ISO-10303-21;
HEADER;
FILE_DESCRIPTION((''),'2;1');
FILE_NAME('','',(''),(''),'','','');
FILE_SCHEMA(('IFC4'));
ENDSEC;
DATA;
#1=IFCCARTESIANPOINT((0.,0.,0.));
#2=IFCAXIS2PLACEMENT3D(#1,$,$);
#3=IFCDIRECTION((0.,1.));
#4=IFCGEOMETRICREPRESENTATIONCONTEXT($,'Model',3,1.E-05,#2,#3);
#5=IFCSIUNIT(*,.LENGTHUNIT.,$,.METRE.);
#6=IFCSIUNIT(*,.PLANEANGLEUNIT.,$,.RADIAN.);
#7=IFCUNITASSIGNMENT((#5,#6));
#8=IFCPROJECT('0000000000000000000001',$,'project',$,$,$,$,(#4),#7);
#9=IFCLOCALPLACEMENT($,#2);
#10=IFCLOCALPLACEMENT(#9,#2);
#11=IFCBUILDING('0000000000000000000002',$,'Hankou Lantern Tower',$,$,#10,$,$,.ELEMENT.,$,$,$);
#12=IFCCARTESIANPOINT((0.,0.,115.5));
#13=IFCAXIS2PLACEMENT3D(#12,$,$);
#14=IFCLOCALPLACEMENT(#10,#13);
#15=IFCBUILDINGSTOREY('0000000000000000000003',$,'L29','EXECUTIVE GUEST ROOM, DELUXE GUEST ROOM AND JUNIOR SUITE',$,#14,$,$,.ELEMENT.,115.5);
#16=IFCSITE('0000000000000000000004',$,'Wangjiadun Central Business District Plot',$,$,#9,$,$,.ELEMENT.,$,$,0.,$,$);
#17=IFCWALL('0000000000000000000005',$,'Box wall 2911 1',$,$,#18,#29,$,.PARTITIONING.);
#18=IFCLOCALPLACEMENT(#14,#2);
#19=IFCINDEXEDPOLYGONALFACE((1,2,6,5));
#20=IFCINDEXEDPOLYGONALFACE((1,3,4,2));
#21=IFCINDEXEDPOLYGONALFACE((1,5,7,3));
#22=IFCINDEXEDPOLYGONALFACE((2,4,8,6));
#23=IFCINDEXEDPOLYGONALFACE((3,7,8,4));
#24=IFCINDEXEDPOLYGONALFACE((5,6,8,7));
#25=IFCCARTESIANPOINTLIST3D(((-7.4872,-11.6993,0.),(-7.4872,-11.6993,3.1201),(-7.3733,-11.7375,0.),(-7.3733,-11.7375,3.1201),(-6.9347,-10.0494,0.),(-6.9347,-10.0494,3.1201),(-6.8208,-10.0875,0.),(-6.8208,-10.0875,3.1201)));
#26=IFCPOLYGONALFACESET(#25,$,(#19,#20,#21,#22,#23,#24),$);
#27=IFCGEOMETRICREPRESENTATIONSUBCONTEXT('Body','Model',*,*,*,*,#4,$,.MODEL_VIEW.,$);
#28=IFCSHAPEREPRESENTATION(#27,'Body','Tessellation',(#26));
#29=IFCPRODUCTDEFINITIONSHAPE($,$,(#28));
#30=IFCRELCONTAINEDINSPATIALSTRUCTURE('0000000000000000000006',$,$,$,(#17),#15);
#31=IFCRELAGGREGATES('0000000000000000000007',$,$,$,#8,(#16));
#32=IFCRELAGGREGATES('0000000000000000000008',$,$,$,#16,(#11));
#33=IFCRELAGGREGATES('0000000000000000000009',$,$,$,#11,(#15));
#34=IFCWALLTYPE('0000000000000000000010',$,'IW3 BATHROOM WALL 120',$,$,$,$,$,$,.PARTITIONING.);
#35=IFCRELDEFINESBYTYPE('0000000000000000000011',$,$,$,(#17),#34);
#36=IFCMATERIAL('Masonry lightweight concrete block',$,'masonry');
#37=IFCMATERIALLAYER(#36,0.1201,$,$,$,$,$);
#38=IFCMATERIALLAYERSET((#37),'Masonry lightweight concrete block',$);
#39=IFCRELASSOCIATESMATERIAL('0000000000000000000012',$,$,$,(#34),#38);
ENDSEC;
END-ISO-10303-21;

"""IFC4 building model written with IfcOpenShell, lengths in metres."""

from ifc_helpers import new_model, si_unit, direction, frame, frame_2d, origin, place, context, subcontext, project, spatial, rectangle, extrude, material, layer, layer_set, type_object, element, save


model = new_model("IFC4")

# Units and contexts
model_context = context("Model", 3, precision=1e-05, world=origin(), true_north=direction((0.0, 1.0)))
body_context = subcontext(model_context, "Body", "Model", "MODEL_VIEW")
ifc_project = project(units=[si_unit("LENGTHUNIT", "METRE"), si_unit("PLANEANGLEUNIT", "RADIAN")], contexts=[model_context])

# Site, building, storey
site_placement = place(None, origin())
site = spatial("IfcSite", under=ifc_project, at=site_placement, Name="Wangjiadun Central Business District Plot", CompositionType="ELEMENT", RefElevation=0.0)
building_placement = place(site_placement, origin())
building = spatial("IfcBuilding", under=site, at=building_placement, Name="Hankou Lantern Tower", CompositionType="ELEMENT")
storey_placement = place(building_placement, frame((0.0, 0.0, 115.5)))
storey = spatial("IfcBuildingStorey", under=building, at=storey_placement, Name="L29", Description="EXECUTIVE GUEST ROOM, DELUXE GUEST ROOM AND JUNIOR SUITE", CompositionType="ELEMENT", Elevation=115.5)

# Shared definitions
ifc_material_1 = material(Name="Masonry lightweight concrete block", Category="masonry")
ifc_layer_1 = layer(ifc_material_1, 0.1201)
ifc_layer_set_1 = layer_set([ifc_layer_1], Name="Masonry lightweight concrete block")
wall_type_1 = type_object("IfcWallType", Name="IW3 BATHROOM WALL 120", PredefinedType="PARTITIONING", material=ifc_layer_set_1)

# Wall
wall_1_placement = place(storey_placement, frame((-6.8777, -10.0684, 0.0), z_axis=(0.0, 0.0, 1.0), x_axis=(-0.317532, -0.948247, 0.0)))
element("IfcWall", 1, at=wall_1_placement, inside=storey, type_object=wall_type_1, Name="Box wall 2911 1", PredefinedType="PARTITIONING", context=body_context, shape_type="SweptSolid", body=[
    extrude(rectangle(XDim=1.74, YDim=0.1201, at=frame_2d((0.8701, 0.0))), origin(), (0.0, 0.0, 1.0), 3.1201),
])

save(model, "model.ifc")
